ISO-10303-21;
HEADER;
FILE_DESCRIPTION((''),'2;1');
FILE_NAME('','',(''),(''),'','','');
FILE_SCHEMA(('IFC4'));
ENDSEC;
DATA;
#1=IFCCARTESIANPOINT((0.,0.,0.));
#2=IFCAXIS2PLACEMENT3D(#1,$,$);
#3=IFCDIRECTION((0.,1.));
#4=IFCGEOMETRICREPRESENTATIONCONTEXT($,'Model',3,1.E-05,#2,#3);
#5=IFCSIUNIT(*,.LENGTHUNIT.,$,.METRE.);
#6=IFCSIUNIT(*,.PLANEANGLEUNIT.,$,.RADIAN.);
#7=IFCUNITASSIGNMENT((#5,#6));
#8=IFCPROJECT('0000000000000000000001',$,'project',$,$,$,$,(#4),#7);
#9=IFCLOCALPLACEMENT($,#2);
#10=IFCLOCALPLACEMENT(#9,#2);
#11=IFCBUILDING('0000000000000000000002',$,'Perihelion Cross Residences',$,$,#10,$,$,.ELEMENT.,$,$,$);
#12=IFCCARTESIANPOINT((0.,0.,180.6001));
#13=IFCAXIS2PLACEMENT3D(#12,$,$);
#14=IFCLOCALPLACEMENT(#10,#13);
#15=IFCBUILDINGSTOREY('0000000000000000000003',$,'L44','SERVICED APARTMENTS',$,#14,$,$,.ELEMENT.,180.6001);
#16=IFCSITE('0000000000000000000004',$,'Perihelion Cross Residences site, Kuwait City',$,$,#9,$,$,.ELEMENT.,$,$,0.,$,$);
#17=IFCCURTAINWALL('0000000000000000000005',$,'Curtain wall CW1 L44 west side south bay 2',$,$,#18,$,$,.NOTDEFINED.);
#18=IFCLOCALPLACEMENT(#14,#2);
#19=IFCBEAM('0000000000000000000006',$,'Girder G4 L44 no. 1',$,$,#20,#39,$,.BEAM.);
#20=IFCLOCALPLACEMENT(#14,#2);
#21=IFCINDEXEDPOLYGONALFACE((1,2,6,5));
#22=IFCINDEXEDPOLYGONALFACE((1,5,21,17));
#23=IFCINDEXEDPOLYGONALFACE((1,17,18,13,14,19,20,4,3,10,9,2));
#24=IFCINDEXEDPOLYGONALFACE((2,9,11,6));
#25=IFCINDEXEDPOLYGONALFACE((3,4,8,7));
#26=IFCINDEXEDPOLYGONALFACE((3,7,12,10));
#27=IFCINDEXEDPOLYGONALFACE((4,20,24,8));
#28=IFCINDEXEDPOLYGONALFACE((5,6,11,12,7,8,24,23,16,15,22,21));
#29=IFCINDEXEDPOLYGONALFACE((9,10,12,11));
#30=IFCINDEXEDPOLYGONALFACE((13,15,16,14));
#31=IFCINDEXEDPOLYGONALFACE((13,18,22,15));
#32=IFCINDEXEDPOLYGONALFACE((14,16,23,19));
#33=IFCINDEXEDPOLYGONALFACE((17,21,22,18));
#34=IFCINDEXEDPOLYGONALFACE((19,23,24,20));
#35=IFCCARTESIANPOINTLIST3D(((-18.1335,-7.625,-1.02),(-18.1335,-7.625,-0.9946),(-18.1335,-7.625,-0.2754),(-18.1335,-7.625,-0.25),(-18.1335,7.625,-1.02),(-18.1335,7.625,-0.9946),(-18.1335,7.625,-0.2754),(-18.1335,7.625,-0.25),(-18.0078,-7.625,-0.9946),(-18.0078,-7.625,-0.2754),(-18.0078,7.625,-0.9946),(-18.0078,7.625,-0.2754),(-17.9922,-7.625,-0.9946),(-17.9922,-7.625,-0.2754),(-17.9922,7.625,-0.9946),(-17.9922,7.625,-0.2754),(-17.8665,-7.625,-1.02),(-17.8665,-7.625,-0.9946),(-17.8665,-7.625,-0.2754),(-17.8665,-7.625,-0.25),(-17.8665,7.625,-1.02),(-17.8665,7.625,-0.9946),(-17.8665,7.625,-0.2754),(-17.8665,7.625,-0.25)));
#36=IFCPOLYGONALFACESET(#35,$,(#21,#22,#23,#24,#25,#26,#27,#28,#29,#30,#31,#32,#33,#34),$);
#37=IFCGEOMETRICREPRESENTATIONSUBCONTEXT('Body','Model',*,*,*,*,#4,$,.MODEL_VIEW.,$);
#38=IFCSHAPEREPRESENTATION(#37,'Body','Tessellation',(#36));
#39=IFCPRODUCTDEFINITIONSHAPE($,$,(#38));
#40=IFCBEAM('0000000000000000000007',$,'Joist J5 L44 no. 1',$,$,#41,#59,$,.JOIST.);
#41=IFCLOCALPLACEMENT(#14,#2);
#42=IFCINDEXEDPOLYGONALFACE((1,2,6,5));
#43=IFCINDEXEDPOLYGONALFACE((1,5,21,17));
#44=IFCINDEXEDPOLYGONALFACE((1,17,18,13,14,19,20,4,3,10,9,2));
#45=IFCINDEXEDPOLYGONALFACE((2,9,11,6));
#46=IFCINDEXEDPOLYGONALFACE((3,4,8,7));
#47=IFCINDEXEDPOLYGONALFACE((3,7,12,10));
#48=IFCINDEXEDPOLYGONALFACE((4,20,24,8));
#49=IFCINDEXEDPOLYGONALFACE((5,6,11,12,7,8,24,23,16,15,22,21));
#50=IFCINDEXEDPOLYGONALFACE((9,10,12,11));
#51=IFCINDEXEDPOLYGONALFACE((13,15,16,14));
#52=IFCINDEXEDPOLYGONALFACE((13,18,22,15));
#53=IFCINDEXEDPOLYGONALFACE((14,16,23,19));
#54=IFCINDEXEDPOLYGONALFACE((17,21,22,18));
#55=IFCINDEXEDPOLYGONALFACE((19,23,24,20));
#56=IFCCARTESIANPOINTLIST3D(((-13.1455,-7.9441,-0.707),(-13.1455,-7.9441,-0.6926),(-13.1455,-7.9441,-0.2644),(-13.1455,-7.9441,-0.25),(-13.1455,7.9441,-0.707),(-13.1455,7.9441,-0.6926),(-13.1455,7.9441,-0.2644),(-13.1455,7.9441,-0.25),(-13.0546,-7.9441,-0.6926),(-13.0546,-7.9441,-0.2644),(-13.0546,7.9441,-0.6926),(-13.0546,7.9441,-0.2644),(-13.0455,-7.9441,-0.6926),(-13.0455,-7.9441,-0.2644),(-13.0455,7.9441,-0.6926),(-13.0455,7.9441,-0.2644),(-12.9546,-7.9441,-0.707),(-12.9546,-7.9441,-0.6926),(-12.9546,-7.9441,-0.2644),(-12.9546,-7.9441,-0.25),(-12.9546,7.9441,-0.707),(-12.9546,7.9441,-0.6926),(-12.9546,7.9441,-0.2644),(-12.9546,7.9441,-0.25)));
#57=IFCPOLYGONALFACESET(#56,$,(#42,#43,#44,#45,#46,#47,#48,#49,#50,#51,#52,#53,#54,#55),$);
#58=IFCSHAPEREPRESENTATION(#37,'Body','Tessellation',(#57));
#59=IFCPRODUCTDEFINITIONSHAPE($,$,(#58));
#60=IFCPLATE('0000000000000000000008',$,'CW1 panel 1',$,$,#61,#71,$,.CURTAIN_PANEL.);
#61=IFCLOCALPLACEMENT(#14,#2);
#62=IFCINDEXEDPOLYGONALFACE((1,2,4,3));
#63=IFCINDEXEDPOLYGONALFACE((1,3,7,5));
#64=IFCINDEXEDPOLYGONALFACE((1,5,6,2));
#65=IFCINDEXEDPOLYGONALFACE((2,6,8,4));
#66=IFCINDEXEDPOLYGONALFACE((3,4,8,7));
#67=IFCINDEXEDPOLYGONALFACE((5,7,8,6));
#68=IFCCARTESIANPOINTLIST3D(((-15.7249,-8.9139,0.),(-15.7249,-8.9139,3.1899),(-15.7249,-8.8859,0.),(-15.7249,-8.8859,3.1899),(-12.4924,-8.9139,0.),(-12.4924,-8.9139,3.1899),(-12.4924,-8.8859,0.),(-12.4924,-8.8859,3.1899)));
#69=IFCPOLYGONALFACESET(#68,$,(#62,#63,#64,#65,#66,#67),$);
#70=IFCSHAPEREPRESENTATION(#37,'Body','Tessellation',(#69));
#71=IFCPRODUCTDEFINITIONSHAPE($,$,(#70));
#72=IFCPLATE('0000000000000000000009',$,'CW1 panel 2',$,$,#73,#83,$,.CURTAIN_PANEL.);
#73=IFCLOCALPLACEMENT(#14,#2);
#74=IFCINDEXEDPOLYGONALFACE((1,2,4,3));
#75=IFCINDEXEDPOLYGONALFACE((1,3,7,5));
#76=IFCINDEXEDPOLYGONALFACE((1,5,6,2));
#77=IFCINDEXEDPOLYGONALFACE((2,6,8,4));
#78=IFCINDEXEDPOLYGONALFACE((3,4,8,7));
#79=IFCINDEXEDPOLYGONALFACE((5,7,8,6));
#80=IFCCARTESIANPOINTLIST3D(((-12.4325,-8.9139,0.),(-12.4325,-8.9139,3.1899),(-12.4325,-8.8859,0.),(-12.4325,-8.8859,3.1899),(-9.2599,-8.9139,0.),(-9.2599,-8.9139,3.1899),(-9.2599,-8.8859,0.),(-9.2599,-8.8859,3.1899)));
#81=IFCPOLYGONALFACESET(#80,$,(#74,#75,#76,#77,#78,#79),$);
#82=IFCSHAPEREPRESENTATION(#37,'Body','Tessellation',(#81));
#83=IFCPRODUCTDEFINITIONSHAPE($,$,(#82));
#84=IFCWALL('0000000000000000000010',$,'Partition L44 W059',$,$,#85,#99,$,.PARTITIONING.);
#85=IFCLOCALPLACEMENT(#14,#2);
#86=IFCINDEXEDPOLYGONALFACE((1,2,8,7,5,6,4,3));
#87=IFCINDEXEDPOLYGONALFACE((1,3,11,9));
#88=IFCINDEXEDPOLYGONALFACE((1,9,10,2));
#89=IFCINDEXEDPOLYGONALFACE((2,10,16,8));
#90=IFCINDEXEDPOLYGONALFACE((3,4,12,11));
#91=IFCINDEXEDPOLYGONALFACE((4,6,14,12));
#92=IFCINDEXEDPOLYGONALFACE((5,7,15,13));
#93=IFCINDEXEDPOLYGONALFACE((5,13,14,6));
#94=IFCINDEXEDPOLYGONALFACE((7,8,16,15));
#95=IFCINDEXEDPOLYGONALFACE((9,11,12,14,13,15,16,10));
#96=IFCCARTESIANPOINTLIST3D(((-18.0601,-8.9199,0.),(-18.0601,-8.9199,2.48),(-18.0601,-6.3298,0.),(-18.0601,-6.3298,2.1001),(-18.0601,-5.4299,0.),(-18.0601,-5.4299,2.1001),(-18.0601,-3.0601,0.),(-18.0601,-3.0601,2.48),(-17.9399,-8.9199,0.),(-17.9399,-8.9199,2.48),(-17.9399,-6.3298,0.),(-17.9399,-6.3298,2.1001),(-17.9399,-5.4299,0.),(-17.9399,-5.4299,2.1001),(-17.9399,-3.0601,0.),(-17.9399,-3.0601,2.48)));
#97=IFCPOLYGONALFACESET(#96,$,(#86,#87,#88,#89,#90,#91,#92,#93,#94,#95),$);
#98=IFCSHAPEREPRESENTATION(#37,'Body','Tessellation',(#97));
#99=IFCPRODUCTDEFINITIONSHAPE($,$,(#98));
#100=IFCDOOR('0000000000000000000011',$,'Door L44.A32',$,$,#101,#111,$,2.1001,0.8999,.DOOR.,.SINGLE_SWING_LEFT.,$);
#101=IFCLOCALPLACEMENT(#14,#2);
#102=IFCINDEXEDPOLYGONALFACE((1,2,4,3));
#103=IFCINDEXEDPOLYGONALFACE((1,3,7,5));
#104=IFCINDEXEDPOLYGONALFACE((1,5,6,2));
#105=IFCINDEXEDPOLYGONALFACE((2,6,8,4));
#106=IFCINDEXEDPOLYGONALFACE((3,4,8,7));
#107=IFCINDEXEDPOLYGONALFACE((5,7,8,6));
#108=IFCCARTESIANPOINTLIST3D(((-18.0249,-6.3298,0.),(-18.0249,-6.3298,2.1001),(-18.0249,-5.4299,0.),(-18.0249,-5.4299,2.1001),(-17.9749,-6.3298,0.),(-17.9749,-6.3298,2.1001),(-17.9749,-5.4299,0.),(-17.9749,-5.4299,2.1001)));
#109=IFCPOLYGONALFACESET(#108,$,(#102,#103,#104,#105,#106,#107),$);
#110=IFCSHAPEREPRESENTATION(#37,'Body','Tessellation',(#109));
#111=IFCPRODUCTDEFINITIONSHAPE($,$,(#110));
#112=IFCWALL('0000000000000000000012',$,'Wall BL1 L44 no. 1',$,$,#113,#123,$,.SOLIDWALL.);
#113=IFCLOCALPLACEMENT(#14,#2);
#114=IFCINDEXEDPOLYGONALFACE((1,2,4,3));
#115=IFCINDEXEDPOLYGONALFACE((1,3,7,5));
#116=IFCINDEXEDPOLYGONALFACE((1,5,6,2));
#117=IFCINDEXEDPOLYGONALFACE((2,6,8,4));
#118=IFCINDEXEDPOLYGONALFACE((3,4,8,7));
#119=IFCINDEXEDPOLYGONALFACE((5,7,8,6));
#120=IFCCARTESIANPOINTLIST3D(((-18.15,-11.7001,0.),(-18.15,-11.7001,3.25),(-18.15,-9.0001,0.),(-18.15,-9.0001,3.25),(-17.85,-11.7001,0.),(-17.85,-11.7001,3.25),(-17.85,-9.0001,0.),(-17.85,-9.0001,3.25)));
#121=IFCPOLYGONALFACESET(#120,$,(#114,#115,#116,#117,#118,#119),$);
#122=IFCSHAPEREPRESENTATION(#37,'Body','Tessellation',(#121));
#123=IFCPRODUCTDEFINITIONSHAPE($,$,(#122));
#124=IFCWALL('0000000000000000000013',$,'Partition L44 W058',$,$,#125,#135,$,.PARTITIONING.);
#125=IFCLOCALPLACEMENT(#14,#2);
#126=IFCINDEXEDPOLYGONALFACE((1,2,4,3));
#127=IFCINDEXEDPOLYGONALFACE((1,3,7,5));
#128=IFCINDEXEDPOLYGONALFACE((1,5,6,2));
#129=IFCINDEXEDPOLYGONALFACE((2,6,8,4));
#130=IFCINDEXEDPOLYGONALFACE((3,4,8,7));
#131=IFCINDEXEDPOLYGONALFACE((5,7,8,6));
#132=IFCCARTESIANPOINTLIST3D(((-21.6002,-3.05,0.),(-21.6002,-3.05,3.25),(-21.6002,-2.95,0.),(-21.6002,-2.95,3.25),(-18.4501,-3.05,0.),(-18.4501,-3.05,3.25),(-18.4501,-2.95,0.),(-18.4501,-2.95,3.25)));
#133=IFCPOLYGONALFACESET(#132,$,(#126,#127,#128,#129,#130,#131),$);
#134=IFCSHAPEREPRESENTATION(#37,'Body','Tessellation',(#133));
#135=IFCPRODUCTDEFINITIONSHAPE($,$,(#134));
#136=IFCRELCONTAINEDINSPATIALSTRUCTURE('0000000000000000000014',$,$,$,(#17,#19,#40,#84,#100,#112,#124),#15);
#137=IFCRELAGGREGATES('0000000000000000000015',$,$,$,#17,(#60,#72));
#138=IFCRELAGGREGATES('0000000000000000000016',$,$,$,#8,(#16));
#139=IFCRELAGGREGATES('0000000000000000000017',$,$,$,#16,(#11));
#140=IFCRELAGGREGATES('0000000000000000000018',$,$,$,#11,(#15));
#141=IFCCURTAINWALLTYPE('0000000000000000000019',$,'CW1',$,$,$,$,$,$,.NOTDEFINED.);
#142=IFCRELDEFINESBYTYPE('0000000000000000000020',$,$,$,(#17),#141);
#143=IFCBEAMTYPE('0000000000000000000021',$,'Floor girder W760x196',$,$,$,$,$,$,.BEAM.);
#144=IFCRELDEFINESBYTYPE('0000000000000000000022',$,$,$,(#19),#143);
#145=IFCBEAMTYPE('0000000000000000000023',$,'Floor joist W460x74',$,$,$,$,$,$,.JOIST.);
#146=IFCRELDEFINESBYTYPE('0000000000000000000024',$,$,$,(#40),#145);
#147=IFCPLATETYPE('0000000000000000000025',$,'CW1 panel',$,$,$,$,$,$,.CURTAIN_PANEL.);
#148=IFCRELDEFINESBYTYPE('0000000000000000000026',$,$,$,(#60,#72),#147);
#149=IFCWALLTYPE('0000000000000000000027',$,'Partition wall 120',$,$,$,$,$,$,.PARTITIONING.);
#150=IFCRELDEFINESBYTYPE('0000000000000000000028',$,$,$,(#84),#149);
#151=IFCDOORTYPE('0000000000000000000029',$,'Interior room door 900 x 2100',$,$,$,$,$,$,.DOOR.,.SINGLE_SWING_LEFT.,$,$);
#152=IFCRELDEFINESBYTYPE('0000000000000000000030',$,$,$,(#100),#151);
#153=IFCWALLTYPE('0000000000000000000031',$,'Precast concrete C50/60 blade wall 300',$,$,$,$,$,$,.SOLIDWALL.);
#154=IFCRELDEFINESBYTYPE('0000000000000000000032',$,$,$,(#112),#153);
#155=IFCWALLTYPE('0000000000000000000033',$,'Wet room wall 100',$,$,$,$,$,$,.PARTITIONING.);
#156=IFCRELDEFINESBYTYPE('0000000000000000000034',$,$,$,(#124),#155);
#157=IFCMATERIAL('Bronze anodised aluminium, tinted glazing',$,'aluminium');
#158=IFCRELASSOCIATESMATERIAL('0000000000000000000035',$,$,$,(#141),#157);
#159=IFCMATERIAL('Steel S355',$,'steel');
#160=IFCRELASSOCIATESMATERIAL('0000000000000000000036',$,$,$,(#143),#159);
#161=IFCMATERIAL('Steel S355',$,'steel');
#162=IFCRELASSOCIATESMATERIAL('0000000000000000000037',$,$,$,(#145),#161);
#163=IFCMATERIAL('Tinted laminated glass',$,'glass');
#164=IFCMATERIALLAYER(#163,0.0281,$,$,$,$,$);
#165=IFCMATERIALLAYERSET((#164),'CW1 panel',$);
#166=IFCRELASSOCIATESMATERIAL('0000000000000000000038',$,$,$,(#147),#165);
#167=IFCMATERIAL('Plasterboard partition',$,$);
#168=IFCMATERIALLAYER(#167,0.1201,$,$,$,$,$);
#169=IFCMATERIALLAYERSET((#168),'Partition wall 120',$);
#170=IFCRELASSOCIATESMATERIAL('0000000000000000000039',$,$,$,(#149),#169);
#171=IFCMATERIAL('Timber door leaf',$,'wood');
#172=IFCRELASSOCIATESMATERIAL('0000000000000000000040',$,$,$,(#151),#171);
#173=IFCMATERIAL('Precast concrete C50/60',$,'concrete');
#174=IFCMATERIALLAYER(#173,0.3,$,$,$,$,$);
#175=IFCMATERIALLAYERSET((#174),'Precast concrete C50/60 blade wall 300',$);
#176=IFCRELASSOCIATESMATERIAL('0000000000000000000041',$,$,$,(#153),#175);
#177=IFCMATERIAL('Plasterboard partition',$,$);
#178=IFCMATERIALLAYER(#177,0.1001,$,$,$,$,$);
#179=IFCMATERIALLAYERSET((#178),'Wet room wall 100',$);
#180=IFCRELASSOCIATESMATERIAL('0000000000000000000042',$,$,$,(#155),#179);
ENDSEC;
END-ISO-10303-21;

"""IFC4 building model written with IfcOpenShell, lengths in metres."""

from ifc_helpers import new_model, si_unit, direction, frame, frame_2d, origin, origin_2d, place, context, subcontext, project, spatial, rectangle, i_section, extrude, material, layer, layer_set, material_profile, profile_set, type_object, element, fill, aggregate, save


model = new_model("IFC4")

# Units and contexts
model_context = context("Model", 3, precision=1e-05, world=origin(), true_north=direction((0.0, 1.0)))
body_context = subcontext(model_context, "Body", "Model", "MODEL_VIEW")
ifc_project = project(units=[si_unit("LENGTHUNIT", "METRE"), si_unit("PLANEANGLEUNIT", "RADIAN")], contexts=[model_context])

# Site, building, storey
site_placement = place(None, origin())
site = spatial("IfcSite", under=ifc_project, at=site_placement, Name="Perihelion Cross Residences site, Kuwait City", CompositionType="ELEMENT", RefElevation=0.0)
building_placement = place(site_placement, origin())
building = spatial("IfcBuilding", under=site, at=building_placement, Name="Perihelion Cross Residences", CompositionType="ELEMENT")
storey_placement = place(building_placement, frame((0.0, 0.0, 180.6001)))
storey = spatial("IfcBuildingStorey", under=building, at=storey_placement, Name="L44", Description="SERVICED APARTMENTS", CompositionType="ELEMENT", Elevation=180.6001)

# Curtain wall
ifc_material_1 = material(Name="Bronze anodised aluminium, tinted glazing", Category="aluminium")
curtain_wall_type = type_object("IfcCurtainWallType", Name="CW1", PredefinedType="NOTDEFINED", material=ifc_material_1)
curtain_wall_placement = place(storey_placement, origin())
curtain_wall = element("IfcCurtainWall", 1, at=curtain_wall_placement, inside=storey, type_object=curtain_wall_type, Name="Curtain wall CW1 L44 west side south bay 2", PredefinedType="NOTDEFINED")

# Beams
ifc_material_2 = material(Name="Steel S355", Category="steel")
ifc_material_profile_1 = material_profile(ifc_material_2, i_section(OverallWidth=0.2671, OverallDepth=0.77, WebThickness=0.0156, FlangeThickness=0.0254, at=origin_2d()), Name="W760x196")
ifc_profile_set_1 = profile_set([ifc_material_profile_1], Name="Steel S355")
beam_type_1 = type_object("IfcBeamType", Name="Floor girder W760x196", PredefinedType="BEAM", material=ifc_profile_set_1)
beam_1_placement = place(storey_placement, frame((-18.0, -7.625, -0.635), z_axis=(0.0, 1.0, 0.0), x_axis=(-1.0, 0.0, 0.0)))
element("IfcBeam", 2, at=beam_1_placement, inside=storey, type_object=beam_type_1, Name="Girder G4 L44 no. 1", PredefinedType="BEAM", context=body_context, shape_type="SweptSolid", body=[
    extrude(i_section(OverallWidth=0.2671, OverallDepth=0.77, WebThickness=0.0156, FlangeThickness=0.0254, at=origin_2d()), origin(), (0.0, 0.0, 1.0), 15.25),
])
ifc_material_3 = material(Name="Steel S355", Category="steel")
ifc_material_profile_2 = material_profile(ifc_material_3, i_section(OverallWidth=0.1909, OverallDepth=0.457, WebThickness=0.009, FlangeThickness=0.0144, at=origin_2d()), Name="W460x74")
ifc_profile_set_2 = profile_set([ifc_material_profile_2], Name="Steel S355")
beam_type_2 = type_object("IfcBeamType", Name="Floor joist W460x74", PredefinedType="JOIST", material=ifc_profile_set_2)
beam_2_placement = place(storey_placement, frame((-13.05, -7.9441, -0.4785), z_axis=(0.0, 1.0, 0.0), x_axis=(-1.0, 0.0, 0.0)))
element("IfcBeam", 3, at=beam_2_placement, inside=storey, type_object=beam_type_2, Name="Joist J5 L44 no. 1", PredefinedType="JOIST", context=body_context, shape_type="SweptSolid", body=[
    extrude(i_section(OverallWidth=0.1909, OverallDepth=0.457, WebThickness=0.009, FlangeThickness=0.0144, at=origin_2d()), origin(), (0.0, 0.0, 1.0), 15.8882),
])

# Plates
ifc_material_4 = material(Name="Tinted laminated glass", Category="glass")
ifc_layer_1 = layer(ifc_material_4, 0.0281)
ifc_layer_set_1 = layer_set([ifc_layer_1], Name="CW1 panel")
plate_type = type_object("IfcPlateType", Name="CW1 panel", PredefinedType="CURTAIN_PANEL", material=ifc_layer_set_1)
plate_1_placement = place(storey_placement, frame((-14.1086, -8.8999, 0.0), z_axis=(0.0, 0.0, 1.0), x_axis=(1.0, 0.0, 0.0)))
plate_1 = element("IfcPlate", 4, at=plate_1_placement, type_object=plate_type, Name="CW1 panel 1", PredefinedType="CURTAIN_PANEL", context=body_context, shape_type="SweptSolid", body=[
    extrude(rectangle(XDim=3.2324, YDim=0.0281, at=origin_2d()), origin(), (0.0, 0.0, 1.0), 3.1899),
])
plate_2_placement = place(storey_placement, frame((-10.8462, -8.8999, 0.0), z_axis=(0.0, 0.0, 1.0), x_axis=(1.0, 0.0, 0.0)))
plate_2 = element("IfcPlate", 5, at=plate_2_placement, type_object=plate_type, Name="CW1 panel 2", PredefinedType="CURTAIN_PANEL", context=body_context, shape_type="SweptSolid", body=[
    extrude(rectangle(XDim=3.1726, YDim=0.0281, at=origin_2d()), origin(), (0.0, 0.0, 1.0), 3.1899),
])
aggregate(curtain_wall, [plate_1, plate_2])

# Wall, opening, door
ifc_material_5 = material(Name="Plasterboard partition")
ifc_layer_2 = layer(ifc_material_5, 0.1201)
ifc_layer_set_2 = layer_set([ifc_layer_2], Name="Partition wall 120")
wall_type_1 = type_object("IfcWallType", Name="Partition wall 120", PredefinedType="PARTITIONING", material=ifc_layer_set_2)
wall_1_placement = place(storey_placement, frame((-18.0, -8.9199, 0.0), z_axis=(0.0, 0.0, 1.0), x_axis=(0.0, 1.0, 0.0)))
wall_1 = element("IfcWall", 6, at=wall_1_placement, inside=storey, type_object=wall_type_1, Name="Partition L44 W059", PredefinedType="PARTITIONING", context=body_context, shape_type="SweptSolid", body=[
    extrude(rectangle(XDim=5.8599, YDim=0.1201, at=frame_2d((2.9299, 0.0))), origin(), (0.0, 0.0, 1.0), 2.48),
])
opening_1_placement = place(wall_1_placement, frame((2.5901, 0.0, 0.0)))
opening_1 = element("IfcOpeningElement", 7, at=opening_1_placement, cuts=wall_1, PredefinedType="OPENING", context=body_context, shape_type="SweptSolid", body=[
    extrude(rectangle(XDim=0.8999, YDim=2.1001, at=frame_2d((0.45, 1.05))), frame((0.0, 0.0701, 0.0), z_axis=(0.0, -1.0, 0.0), x_axis=(1.0, 0.0, 0.0)), (0.0, 0.0, 1.0), 0.1401),
])
ifc_material_6 = material(Name="Timber door leaf", Category="wood")
door_type_1 = type_object("IfcDoorType", Name="Interior room door 900 x 2100", OperationType="SINGLE_SWING_LEFT", PredefinedType="DOOR", material=ifc_material_6)
door_1_placement = place(opening_1_placement, origin())
door_1 = element("IfcDoor", 8, at=door_1_placement, inside=storey, type_object=door_type_1, Name="Door L44.A32", OperationType="SINGLE_SWING_LEFT", OverallHeight=2.1001, OverallWidth=0.8999, PredefinedType="DOOR", context=body_context, shape_type="SweptSolid", body=[
    extrude(rectangle(XDim=0.8999, YDim=2.1001, at=frame_2d((0.45, 1.05))), frame((0.0, 0.0249, 0.0), z_axis=(0.0, -1.0, 0.0), x_axis=(1.0, 0.0, 0.0)), (0.0, 0.0, 1.0), 0.05),
])
fill(opening_1, door_1)

# Walls
ifc_material_7 = material(Name="Precast concrete C50/60", Category="concrete")
ifc_layer_3 = layer(ifc_material_7, 0.3)
ifc_layer_set_3 = layer_set([ifc_layer_3], Name="Precast concrete C50/60 blade wall 300")
wall_type_2 = type_object("IfcWallType", Name="Precast concrete C50/60 blade wall 300", PredefinedType="SOLIDWALL", material=ifc_layer_set_3)
wall_2_placement = place(storey_placement, frame((-18.0, -9.0, 0.0), z_axis=(0.0, 0.0, 1.0), x_axis=(0.0, -1.0, 0.0)))
element("IfcWall", 9, at=wall_2_placement, inside=storey, type_object=wall_type_2, Name="Wall BL1 L44 no. 1", PredefinedType="SOLIDWALL", context=body_context, shape_type="SweptSolid", body=[
    extrude(rectangle(XDim=2.7, YDim=0.3, at=frame_2d((1.3501, 0.0))), origin(), (0.0, 0.0, 1.0), 3.25),
])
ifc_material_8 = material(Name="Plasterboard partition")
ifc_layer_4 = layer(ifc_material_8, 0.1001)
ifc_layer_set_4 = layer_set([ifc_layer_4], Name="Wet room wall 100")
wall_type_3 = type_object("IfcWallType", Name="Wet room wall 100", PredefinedType="PARTITIONING", material=ifc_layer_set_4)
wall_3_placement = place(storey_placement, frame((-18.45, -3.0, 0.0), z_axis=(0.0, 0.0, 1.0), x_axis=(-1.0, 0.0, 0.0)))
element("IfcWall", 10, at=wall_3_placement, inside=storey, type_object=wall_type_3, Name="Partition L44 W058", PredefinedType="PARTITIONING", context=body_context, shape_type="SweptSolid", body=[
    extrude(rectangle(XDim=3.1501, YDim=0.1001, at=frame_2d((1.5752, 0.0))), origin(), (0.0, 0.0, 1.0), 3.25),
])

save(model, "model.ifc")
